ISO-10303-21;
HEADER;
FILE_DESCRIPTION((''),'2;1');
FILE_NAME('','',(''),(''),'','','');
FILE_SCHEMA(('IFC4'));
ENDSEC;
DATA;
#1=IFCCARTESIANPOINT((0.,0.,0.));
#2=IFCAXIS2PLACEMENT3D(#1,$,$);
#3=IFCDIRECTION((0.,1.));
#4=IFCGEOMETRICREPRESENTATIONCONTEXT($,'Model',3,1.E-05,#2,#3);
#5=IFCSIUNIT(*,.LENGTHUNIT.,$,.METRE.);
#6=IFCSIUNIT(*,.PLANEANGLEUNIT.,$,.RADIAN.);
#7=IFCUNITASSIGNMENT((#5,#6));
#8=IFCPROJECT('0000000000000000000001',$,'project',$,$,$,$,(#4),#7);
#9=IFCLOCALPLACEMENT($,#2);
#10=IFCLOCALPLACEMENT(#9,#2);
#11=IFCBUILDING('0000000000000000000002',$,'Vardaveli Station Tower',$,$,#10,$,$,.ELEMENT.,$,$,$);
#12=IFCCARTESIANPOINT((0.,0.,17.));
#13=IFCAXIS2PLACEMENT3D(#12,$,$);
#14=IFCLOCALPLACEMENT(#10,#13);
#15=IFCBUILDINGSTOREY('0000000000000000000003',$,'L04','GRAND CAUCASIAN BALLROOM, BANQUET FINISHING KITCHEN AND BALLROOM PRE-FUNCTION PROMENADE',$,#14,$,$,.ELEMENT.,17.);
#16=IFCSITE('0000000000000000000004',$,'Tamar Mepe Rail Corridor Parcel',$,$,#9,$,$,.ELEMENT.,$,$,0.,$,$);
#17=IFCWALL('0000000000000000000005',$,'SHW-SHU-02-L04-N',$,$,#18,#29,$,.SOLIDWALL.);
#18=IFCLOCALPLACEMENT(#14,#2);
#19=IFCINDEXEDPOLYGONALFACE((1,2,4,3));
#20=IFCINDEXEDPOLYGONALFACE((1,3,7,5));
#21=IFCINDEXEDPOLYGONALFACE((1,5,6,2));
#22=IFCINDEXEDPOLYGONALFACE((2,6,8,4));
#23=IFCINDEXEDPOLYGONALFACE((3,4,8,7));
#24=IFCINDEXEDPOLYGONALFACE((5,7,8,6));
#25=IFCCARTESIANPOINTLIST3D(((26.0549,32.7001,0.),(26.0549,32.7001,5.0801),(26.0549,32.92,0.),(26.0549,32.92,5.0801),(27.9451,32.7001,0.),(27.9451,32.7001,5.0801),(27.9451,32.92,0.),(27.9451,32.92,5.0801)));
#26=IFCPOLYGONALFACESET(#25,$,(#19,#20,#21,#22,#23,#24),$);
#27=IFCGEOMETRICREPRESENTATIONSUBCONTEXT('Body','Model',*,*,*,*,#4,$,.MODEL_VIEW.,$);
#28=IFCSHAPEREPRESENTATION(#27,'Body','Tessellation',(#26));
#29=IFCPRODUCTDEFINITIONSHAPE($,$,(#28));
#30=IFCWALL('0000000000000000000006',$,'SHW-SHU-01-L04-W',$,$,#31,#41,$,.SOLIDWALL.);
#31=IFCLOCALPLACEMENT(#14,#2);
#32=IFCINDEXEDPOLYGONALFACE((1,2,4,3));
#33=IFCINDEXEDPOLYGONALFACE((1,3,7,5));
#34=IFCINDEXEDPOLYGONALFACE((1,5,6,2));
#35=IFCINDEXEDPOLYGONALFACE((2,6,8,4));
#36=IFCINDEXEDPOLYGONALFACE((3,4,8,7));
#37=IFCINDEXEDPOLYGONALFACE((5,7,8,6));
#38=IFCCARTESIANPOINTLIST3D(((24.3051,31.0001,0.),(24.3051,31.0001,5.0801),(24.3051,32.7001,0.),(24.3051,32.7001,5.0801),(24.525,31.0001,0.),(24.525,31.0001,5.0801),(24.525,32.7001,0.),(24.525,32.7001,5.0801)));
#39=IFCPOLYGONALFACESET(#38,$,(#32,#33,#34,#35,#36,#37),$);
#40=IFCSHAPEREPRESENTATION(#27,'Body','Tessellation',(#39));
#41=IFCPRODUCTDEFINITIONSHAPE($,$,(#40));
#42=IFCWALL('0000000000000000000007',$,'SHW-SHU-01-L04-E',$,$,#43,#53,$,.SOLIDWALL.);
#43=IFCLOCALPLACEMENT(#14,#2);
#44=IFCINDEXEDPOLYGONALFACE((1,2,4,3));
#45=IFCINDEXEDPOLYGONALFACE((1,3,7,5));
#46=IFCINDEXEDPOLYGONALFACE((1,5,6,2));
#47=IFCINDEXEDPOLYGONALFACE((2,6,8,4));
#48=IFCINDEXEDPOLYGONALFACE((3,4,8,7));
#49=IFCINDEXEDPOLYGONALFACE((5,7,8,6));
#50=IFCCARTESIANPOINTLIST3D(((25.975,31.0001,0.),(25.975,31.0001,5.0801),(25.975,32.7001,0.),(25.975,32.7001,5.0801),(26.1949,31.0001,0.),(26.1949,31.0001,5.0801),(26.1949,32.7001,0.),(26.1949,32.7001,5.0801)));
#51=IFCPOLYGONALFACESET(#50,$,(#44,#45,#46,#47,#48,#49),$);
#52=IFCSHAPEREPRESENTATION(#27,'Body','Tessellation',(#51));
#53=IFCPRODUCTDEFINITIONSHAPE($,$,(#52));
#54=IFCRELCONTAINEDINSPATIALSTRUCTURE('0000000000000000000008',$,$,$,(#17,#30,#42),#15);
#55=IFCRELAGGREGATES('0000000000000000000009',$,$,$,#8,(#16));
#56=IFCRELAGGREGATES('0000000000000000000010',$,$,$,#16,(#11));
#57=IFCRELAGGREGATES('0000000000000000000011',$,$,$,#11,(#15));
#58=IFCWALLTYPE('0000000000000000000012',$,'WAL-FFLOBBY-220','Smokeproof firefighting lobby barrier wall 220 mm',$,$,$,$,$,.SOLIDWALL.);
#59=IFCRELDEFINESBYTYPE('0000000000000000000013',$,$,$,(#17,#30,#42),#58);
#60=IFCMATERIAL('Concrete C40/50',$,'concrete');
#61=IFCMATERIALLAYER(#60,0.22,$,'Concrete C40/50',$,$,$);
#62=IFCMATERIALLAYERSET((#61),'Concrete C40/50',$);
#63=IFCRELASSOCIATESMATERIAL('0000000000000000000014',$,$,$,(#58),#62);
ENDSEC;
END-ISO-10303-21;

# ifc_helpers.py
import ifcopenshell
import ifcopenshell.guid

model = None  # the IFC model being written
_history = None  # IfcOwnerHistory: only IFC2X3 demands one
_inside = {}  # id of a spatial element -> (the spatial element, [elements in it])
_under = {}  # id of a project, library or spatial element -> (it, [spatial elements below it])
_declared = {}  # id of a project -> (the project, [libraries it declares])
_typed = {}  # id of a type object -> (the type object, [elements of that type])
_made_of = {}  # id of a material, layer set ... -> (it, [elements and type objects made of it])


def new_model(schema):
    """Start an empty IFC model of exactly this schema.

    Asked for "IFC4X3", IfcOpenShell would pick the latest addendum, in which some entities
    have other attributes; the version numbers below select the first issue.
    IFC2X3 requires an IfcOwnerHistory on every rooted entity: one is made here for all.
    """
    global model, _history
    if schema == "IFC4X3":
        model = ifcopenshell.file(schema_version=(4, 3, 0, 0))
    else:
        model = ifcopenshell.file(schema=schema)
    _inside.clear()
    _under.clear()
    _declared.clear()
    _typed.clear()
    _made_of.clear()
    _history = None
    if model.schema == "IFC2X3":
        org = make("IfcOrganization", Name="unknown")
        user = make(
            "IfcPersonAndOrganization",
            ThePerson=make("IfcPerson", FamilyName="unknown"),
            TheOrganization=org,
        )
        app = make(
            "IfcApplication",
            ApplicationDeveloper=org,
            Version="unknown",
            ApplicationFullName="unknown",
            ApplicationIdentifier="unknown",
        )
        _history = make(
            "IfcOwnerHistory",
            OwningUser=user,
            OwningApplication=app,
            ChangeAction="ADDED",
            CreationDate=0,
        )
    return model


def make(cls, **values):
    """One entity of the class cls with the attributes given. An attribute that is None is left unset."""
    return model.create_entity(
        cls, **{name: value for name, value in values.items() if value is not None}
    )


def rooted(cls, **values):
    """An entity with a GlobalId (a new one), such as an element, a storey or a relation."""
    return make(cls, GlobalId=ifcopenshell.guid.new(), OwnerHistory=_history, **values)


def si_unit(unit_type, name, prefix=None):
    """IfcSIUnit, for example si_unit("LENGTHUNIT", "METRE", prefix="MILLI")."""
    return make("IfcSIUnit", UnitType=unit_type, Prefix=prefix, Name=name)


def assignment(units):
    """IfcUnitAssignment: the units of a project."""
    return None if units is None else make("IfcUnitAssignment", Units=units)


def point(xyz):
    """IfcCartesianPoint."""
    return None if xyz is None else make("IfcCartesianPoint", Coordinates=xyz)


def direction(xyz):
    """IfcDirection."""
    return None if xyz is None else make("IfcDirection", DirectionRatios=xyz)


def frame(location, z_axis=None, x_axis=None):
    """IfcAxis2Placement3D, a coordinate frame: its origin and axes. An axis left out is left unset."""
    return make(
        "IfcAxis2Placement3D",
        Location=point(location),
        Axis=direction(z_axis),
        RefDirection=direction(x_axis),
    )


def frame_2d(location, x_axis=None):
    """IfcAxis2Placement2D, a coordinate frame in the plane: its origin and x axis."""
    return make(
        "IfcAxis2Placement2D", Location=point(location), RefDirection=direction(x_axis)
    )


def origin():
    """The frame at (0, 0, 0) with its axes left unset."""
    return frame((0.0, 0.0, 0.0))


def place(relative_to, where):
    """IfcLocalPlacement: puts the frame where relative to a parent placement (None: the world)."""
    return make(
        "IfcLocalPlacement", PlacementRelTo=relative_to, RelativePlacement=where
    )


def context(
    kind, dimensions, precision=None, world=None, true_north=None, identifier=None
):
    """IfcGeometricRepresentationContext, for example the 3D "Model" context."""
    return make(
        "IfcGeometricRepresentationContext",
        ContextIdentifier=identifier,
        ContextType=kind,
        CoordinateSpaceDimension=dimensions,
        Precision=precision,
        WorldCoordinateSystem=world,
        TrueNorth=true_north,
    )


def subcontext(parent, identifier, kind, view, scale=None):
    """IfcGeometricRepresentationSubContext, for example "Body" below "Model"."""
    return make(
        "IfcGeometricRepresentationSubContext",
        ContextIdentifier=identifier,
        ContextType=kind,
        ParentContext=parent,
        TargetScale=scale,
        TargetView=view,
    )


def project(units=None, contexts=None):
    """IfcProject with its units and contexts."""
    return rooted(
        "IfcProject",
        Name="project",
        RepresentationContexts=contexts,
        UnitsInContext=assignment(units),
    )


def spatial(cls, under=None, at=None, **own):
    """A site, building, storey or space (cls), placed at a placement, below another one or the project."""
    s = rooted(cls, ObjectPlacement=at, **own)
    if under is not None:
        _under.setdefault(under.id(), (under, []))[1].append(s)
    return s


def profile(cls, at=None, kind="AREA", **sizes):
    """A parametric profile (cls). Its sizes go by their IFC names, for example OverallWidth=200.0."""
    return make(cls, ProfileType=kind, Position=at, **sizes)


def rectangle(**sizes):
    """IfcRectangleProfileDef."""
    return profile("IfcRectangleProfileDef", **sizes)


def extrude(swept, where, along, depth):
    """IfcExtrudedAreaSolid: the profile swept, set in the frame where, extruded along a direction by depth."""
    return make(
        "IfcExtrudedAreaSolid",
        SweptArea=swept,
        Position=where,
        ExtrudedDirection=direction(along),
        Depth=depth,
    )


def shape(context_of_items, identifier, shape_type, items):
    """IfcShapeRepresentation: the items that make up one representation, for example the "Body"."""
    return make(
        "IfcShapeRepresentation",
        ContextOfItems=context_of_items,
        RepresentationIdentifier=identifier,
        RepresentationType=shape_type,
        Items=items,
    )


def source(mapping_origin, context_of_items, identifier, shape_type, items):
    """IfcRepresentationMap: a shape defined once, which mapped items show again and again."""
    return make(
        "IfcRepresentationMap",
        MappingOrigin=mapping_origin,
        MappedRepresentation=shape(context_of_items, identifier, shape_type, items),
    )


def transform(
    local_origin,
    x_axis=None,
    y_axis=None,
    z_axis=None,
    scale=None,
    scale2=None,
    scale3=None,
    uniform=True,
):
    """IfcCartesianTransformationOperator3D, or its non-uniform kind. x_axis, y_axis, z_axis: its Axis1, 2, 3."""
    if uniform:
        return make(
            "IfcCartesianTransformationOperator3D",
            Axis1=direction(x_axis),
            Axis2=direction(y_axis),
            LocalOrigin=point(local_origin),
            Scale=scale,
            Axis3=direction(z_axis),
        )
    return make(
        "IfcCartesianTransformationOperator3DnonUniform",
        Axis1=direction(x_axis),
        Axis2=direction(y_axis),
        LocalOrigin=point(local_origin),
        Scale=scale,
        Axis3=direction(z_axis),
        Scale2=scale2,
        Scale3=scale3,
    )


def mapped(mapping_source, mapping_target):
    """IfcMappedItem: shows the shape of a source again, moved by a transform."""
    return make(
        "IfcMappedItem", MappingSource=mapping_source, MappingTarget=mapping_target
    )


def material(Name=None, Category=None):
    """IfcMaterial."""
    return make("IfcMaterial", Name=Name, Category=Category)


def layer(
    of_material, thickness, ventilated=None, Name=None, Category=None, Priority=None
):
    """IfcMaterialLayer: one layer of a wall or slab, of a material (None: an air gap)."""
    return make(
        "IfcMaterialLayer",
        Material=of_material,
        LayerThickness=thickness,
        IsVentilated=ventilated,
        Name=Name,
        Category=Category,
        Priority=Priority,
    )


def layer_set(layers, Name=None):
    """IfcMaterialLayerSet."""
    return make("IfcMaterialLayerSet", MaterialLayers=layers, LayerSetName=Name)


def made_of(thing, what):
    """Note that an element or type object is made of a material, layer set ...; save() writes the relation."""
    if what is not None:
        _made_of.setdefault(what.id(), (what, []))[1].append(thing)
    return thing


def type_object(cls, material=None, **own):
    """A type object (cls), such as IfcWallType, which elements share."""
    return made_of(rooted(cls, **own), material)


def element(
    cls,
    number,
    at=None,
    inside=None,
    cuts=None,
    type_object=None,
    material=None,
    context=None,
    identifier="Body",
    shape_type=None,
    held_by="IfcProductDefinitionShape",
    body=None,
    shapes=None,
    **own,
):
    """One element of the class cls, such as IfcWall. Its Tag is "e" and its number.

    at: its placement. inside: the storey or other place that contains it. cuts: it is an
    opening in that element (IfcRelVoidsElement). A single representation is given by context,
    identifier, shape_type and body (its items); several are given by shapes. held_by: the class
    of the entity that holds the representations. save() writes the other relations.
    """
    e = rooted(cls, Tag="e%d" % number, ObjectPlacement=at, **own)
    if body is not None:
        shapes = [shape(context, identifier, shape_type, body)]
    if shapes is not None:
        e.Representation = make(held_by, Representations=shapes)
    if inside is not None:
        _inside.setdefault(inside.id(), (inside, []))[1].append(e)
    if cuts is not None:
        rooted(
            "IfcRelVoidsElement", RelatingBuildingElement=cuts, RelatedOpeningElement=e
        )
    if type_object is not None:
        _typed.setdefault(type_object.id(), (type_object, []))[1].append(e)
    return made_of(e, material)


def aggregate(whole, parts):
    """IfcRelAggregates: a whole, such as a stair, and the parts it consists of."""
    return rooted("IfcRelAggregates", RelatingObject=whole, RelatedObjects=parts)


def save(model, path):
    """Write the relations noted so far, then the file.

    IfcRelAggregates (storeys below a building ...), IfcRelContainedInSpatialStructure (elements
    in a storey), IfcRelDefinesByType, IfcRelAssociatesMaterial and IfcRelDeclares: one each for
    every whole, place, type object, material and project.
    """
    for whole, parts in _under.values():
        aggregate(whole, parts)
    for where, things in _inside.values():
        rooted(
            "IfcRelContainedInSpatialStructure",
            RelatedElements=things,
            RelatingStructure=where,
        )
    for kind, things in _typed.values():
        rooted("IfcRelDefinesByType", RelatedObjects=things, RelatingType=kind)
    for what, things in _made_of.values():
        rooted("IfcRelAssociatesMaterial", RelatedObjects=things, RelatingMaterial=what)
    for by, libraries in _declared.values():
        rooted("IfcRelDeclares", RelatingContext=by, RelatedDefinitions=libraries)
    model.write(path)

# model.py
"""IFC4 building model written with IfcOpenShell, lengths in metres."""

from ifc_helpers import new_model, si_unit, direction, frame, frame_2d, origin, place, context, subcontext, project, spatial, rectangle, extrude, source, transform, mapped, material, layer, layer_set, type_object, element, save


model = new_model("IFC4")

# Units and contexts
model_context = context("Model", 3, precision=1e-05, world=origin(), true_north=direction((0.0, 1.0)))
body_context = subcontext(model_context, "Body", "Model", "MODEL_VIEW")
ifc_project = project(units=[si_unit("LENGTHUNIT", "METRE"), si_unit("PLANEANGLEUNIT", "RADIAN")], contexts=[model_context])

# Site, building, storey
site_placement = place(None, origin())
site = spatial("IfcSite", under=ifc_project, at=site_placement, Name="Tamar Mepe Rail Corridor Parcel", CompositionType="ELEMENT", RefElevation=0.0)
building_placement = place(site_placement, origin())
building = spatial("IfcBuilding", under=site, at=building_placement, Name="Vardaveli Station Tower", CompositionType="ELEMENT")
storey_placement = place(building_placement, frame((0.0, 0.0, 17.0)))
storey = spatial("IfcBuildingStorey", under=building, at=storey_placement, Name="L04", Description="GRAND CAUCASIAN BALLROOM, BANQUET FINISHING KITCHEN AND BALLROOM PRE-FUNCTION PROMENADE", CompositionType="ELEMENT", Elevation=17.0)

# Shared definitions
ifc_material_1 = material(Name="Concrete C40/50", Category="concrete")

# Shared definitions
ifc_layer_1 = layer(ifc_material_1, 0.22, Name="Concrete C40/50")
ifc_layer_set_1 = layer_set([ifc_layer_1], Name="Concrete C40/50")
wall_type_1 = type_object("IfcWallType", Name="WAL-FFLOBBY-220", Description="Smokeproof firefighting lobby barrier wall 220 mm", PredefinedType="SOLIDWALL", material=ifc_layer_set_1)

# Walls
shared_shape_1 = source(origin(), body_context, "Body", "SweptSolid", [
    extrude(rectangle(XDim=1.8901, YDim=0.22, at=frame_2d((0.9451, 0.0))), origin(), (0.0, 0.0, 1.0), 5.0801),
])
for number, where, z_axis, x_axis, name in (
    (1, (26.0549, 32.8101, 0.0), (0.0, 0.0, 1.0), (1.0, 0.0, 0.0), "SHW-SHU-02-L04-N"),
):
    element("IfcWall", number, at=place(storey_placement, frame(where, z_axis=z_axis, x_axis=x_axis)), inside=storey, type_object=wall_type_1, Name=name, PredefinedType="SOLIDWALL", context=body_context, shape_type="MappedRepresentation", body=[
        mapped(shared_shape_1, transform((0.0, 0.0, 0.0), scale=1.0)),
    ])
shared_shape_2 = source(origin(), body_context, "Body", "SweptSolid", [
    extrude(rectangle(XDim=1.7, YDim=0.22, at=frame_2d((0.8501, 0.0))), origin(), (0.0, 0.0, 1.0), 5.0801),
])
for number, where, z_axis, x_axis, name in (
    (2, (24.415, 31.0, 0.0), (0.0, 0.0, 1.0), (0.0, 1.0, 0.0), "SHW-SHU-01-L04-W"),
    (3, (26.085, 31.0, 0.0), (0.0, 0.0, 1.0), (0.0, 1.0, 0.0), "SHW-SHU-01-L04-E"),
):
    element("IfcWall", number, at=place(storey_placement, frame(where, z_axis=z_axis, x_axis=x_axis)), inside=storey, type_object=wall_type_1, Name=name, PredefinedType="SOLIDWALL", context=body_context, shape_type="MappedRepresentation", body=[
        mapped(shared_shape_2, transform((0.0, 0.0, 0.0), scale=1.0)),
    ])

save(model, "model.ifc")
